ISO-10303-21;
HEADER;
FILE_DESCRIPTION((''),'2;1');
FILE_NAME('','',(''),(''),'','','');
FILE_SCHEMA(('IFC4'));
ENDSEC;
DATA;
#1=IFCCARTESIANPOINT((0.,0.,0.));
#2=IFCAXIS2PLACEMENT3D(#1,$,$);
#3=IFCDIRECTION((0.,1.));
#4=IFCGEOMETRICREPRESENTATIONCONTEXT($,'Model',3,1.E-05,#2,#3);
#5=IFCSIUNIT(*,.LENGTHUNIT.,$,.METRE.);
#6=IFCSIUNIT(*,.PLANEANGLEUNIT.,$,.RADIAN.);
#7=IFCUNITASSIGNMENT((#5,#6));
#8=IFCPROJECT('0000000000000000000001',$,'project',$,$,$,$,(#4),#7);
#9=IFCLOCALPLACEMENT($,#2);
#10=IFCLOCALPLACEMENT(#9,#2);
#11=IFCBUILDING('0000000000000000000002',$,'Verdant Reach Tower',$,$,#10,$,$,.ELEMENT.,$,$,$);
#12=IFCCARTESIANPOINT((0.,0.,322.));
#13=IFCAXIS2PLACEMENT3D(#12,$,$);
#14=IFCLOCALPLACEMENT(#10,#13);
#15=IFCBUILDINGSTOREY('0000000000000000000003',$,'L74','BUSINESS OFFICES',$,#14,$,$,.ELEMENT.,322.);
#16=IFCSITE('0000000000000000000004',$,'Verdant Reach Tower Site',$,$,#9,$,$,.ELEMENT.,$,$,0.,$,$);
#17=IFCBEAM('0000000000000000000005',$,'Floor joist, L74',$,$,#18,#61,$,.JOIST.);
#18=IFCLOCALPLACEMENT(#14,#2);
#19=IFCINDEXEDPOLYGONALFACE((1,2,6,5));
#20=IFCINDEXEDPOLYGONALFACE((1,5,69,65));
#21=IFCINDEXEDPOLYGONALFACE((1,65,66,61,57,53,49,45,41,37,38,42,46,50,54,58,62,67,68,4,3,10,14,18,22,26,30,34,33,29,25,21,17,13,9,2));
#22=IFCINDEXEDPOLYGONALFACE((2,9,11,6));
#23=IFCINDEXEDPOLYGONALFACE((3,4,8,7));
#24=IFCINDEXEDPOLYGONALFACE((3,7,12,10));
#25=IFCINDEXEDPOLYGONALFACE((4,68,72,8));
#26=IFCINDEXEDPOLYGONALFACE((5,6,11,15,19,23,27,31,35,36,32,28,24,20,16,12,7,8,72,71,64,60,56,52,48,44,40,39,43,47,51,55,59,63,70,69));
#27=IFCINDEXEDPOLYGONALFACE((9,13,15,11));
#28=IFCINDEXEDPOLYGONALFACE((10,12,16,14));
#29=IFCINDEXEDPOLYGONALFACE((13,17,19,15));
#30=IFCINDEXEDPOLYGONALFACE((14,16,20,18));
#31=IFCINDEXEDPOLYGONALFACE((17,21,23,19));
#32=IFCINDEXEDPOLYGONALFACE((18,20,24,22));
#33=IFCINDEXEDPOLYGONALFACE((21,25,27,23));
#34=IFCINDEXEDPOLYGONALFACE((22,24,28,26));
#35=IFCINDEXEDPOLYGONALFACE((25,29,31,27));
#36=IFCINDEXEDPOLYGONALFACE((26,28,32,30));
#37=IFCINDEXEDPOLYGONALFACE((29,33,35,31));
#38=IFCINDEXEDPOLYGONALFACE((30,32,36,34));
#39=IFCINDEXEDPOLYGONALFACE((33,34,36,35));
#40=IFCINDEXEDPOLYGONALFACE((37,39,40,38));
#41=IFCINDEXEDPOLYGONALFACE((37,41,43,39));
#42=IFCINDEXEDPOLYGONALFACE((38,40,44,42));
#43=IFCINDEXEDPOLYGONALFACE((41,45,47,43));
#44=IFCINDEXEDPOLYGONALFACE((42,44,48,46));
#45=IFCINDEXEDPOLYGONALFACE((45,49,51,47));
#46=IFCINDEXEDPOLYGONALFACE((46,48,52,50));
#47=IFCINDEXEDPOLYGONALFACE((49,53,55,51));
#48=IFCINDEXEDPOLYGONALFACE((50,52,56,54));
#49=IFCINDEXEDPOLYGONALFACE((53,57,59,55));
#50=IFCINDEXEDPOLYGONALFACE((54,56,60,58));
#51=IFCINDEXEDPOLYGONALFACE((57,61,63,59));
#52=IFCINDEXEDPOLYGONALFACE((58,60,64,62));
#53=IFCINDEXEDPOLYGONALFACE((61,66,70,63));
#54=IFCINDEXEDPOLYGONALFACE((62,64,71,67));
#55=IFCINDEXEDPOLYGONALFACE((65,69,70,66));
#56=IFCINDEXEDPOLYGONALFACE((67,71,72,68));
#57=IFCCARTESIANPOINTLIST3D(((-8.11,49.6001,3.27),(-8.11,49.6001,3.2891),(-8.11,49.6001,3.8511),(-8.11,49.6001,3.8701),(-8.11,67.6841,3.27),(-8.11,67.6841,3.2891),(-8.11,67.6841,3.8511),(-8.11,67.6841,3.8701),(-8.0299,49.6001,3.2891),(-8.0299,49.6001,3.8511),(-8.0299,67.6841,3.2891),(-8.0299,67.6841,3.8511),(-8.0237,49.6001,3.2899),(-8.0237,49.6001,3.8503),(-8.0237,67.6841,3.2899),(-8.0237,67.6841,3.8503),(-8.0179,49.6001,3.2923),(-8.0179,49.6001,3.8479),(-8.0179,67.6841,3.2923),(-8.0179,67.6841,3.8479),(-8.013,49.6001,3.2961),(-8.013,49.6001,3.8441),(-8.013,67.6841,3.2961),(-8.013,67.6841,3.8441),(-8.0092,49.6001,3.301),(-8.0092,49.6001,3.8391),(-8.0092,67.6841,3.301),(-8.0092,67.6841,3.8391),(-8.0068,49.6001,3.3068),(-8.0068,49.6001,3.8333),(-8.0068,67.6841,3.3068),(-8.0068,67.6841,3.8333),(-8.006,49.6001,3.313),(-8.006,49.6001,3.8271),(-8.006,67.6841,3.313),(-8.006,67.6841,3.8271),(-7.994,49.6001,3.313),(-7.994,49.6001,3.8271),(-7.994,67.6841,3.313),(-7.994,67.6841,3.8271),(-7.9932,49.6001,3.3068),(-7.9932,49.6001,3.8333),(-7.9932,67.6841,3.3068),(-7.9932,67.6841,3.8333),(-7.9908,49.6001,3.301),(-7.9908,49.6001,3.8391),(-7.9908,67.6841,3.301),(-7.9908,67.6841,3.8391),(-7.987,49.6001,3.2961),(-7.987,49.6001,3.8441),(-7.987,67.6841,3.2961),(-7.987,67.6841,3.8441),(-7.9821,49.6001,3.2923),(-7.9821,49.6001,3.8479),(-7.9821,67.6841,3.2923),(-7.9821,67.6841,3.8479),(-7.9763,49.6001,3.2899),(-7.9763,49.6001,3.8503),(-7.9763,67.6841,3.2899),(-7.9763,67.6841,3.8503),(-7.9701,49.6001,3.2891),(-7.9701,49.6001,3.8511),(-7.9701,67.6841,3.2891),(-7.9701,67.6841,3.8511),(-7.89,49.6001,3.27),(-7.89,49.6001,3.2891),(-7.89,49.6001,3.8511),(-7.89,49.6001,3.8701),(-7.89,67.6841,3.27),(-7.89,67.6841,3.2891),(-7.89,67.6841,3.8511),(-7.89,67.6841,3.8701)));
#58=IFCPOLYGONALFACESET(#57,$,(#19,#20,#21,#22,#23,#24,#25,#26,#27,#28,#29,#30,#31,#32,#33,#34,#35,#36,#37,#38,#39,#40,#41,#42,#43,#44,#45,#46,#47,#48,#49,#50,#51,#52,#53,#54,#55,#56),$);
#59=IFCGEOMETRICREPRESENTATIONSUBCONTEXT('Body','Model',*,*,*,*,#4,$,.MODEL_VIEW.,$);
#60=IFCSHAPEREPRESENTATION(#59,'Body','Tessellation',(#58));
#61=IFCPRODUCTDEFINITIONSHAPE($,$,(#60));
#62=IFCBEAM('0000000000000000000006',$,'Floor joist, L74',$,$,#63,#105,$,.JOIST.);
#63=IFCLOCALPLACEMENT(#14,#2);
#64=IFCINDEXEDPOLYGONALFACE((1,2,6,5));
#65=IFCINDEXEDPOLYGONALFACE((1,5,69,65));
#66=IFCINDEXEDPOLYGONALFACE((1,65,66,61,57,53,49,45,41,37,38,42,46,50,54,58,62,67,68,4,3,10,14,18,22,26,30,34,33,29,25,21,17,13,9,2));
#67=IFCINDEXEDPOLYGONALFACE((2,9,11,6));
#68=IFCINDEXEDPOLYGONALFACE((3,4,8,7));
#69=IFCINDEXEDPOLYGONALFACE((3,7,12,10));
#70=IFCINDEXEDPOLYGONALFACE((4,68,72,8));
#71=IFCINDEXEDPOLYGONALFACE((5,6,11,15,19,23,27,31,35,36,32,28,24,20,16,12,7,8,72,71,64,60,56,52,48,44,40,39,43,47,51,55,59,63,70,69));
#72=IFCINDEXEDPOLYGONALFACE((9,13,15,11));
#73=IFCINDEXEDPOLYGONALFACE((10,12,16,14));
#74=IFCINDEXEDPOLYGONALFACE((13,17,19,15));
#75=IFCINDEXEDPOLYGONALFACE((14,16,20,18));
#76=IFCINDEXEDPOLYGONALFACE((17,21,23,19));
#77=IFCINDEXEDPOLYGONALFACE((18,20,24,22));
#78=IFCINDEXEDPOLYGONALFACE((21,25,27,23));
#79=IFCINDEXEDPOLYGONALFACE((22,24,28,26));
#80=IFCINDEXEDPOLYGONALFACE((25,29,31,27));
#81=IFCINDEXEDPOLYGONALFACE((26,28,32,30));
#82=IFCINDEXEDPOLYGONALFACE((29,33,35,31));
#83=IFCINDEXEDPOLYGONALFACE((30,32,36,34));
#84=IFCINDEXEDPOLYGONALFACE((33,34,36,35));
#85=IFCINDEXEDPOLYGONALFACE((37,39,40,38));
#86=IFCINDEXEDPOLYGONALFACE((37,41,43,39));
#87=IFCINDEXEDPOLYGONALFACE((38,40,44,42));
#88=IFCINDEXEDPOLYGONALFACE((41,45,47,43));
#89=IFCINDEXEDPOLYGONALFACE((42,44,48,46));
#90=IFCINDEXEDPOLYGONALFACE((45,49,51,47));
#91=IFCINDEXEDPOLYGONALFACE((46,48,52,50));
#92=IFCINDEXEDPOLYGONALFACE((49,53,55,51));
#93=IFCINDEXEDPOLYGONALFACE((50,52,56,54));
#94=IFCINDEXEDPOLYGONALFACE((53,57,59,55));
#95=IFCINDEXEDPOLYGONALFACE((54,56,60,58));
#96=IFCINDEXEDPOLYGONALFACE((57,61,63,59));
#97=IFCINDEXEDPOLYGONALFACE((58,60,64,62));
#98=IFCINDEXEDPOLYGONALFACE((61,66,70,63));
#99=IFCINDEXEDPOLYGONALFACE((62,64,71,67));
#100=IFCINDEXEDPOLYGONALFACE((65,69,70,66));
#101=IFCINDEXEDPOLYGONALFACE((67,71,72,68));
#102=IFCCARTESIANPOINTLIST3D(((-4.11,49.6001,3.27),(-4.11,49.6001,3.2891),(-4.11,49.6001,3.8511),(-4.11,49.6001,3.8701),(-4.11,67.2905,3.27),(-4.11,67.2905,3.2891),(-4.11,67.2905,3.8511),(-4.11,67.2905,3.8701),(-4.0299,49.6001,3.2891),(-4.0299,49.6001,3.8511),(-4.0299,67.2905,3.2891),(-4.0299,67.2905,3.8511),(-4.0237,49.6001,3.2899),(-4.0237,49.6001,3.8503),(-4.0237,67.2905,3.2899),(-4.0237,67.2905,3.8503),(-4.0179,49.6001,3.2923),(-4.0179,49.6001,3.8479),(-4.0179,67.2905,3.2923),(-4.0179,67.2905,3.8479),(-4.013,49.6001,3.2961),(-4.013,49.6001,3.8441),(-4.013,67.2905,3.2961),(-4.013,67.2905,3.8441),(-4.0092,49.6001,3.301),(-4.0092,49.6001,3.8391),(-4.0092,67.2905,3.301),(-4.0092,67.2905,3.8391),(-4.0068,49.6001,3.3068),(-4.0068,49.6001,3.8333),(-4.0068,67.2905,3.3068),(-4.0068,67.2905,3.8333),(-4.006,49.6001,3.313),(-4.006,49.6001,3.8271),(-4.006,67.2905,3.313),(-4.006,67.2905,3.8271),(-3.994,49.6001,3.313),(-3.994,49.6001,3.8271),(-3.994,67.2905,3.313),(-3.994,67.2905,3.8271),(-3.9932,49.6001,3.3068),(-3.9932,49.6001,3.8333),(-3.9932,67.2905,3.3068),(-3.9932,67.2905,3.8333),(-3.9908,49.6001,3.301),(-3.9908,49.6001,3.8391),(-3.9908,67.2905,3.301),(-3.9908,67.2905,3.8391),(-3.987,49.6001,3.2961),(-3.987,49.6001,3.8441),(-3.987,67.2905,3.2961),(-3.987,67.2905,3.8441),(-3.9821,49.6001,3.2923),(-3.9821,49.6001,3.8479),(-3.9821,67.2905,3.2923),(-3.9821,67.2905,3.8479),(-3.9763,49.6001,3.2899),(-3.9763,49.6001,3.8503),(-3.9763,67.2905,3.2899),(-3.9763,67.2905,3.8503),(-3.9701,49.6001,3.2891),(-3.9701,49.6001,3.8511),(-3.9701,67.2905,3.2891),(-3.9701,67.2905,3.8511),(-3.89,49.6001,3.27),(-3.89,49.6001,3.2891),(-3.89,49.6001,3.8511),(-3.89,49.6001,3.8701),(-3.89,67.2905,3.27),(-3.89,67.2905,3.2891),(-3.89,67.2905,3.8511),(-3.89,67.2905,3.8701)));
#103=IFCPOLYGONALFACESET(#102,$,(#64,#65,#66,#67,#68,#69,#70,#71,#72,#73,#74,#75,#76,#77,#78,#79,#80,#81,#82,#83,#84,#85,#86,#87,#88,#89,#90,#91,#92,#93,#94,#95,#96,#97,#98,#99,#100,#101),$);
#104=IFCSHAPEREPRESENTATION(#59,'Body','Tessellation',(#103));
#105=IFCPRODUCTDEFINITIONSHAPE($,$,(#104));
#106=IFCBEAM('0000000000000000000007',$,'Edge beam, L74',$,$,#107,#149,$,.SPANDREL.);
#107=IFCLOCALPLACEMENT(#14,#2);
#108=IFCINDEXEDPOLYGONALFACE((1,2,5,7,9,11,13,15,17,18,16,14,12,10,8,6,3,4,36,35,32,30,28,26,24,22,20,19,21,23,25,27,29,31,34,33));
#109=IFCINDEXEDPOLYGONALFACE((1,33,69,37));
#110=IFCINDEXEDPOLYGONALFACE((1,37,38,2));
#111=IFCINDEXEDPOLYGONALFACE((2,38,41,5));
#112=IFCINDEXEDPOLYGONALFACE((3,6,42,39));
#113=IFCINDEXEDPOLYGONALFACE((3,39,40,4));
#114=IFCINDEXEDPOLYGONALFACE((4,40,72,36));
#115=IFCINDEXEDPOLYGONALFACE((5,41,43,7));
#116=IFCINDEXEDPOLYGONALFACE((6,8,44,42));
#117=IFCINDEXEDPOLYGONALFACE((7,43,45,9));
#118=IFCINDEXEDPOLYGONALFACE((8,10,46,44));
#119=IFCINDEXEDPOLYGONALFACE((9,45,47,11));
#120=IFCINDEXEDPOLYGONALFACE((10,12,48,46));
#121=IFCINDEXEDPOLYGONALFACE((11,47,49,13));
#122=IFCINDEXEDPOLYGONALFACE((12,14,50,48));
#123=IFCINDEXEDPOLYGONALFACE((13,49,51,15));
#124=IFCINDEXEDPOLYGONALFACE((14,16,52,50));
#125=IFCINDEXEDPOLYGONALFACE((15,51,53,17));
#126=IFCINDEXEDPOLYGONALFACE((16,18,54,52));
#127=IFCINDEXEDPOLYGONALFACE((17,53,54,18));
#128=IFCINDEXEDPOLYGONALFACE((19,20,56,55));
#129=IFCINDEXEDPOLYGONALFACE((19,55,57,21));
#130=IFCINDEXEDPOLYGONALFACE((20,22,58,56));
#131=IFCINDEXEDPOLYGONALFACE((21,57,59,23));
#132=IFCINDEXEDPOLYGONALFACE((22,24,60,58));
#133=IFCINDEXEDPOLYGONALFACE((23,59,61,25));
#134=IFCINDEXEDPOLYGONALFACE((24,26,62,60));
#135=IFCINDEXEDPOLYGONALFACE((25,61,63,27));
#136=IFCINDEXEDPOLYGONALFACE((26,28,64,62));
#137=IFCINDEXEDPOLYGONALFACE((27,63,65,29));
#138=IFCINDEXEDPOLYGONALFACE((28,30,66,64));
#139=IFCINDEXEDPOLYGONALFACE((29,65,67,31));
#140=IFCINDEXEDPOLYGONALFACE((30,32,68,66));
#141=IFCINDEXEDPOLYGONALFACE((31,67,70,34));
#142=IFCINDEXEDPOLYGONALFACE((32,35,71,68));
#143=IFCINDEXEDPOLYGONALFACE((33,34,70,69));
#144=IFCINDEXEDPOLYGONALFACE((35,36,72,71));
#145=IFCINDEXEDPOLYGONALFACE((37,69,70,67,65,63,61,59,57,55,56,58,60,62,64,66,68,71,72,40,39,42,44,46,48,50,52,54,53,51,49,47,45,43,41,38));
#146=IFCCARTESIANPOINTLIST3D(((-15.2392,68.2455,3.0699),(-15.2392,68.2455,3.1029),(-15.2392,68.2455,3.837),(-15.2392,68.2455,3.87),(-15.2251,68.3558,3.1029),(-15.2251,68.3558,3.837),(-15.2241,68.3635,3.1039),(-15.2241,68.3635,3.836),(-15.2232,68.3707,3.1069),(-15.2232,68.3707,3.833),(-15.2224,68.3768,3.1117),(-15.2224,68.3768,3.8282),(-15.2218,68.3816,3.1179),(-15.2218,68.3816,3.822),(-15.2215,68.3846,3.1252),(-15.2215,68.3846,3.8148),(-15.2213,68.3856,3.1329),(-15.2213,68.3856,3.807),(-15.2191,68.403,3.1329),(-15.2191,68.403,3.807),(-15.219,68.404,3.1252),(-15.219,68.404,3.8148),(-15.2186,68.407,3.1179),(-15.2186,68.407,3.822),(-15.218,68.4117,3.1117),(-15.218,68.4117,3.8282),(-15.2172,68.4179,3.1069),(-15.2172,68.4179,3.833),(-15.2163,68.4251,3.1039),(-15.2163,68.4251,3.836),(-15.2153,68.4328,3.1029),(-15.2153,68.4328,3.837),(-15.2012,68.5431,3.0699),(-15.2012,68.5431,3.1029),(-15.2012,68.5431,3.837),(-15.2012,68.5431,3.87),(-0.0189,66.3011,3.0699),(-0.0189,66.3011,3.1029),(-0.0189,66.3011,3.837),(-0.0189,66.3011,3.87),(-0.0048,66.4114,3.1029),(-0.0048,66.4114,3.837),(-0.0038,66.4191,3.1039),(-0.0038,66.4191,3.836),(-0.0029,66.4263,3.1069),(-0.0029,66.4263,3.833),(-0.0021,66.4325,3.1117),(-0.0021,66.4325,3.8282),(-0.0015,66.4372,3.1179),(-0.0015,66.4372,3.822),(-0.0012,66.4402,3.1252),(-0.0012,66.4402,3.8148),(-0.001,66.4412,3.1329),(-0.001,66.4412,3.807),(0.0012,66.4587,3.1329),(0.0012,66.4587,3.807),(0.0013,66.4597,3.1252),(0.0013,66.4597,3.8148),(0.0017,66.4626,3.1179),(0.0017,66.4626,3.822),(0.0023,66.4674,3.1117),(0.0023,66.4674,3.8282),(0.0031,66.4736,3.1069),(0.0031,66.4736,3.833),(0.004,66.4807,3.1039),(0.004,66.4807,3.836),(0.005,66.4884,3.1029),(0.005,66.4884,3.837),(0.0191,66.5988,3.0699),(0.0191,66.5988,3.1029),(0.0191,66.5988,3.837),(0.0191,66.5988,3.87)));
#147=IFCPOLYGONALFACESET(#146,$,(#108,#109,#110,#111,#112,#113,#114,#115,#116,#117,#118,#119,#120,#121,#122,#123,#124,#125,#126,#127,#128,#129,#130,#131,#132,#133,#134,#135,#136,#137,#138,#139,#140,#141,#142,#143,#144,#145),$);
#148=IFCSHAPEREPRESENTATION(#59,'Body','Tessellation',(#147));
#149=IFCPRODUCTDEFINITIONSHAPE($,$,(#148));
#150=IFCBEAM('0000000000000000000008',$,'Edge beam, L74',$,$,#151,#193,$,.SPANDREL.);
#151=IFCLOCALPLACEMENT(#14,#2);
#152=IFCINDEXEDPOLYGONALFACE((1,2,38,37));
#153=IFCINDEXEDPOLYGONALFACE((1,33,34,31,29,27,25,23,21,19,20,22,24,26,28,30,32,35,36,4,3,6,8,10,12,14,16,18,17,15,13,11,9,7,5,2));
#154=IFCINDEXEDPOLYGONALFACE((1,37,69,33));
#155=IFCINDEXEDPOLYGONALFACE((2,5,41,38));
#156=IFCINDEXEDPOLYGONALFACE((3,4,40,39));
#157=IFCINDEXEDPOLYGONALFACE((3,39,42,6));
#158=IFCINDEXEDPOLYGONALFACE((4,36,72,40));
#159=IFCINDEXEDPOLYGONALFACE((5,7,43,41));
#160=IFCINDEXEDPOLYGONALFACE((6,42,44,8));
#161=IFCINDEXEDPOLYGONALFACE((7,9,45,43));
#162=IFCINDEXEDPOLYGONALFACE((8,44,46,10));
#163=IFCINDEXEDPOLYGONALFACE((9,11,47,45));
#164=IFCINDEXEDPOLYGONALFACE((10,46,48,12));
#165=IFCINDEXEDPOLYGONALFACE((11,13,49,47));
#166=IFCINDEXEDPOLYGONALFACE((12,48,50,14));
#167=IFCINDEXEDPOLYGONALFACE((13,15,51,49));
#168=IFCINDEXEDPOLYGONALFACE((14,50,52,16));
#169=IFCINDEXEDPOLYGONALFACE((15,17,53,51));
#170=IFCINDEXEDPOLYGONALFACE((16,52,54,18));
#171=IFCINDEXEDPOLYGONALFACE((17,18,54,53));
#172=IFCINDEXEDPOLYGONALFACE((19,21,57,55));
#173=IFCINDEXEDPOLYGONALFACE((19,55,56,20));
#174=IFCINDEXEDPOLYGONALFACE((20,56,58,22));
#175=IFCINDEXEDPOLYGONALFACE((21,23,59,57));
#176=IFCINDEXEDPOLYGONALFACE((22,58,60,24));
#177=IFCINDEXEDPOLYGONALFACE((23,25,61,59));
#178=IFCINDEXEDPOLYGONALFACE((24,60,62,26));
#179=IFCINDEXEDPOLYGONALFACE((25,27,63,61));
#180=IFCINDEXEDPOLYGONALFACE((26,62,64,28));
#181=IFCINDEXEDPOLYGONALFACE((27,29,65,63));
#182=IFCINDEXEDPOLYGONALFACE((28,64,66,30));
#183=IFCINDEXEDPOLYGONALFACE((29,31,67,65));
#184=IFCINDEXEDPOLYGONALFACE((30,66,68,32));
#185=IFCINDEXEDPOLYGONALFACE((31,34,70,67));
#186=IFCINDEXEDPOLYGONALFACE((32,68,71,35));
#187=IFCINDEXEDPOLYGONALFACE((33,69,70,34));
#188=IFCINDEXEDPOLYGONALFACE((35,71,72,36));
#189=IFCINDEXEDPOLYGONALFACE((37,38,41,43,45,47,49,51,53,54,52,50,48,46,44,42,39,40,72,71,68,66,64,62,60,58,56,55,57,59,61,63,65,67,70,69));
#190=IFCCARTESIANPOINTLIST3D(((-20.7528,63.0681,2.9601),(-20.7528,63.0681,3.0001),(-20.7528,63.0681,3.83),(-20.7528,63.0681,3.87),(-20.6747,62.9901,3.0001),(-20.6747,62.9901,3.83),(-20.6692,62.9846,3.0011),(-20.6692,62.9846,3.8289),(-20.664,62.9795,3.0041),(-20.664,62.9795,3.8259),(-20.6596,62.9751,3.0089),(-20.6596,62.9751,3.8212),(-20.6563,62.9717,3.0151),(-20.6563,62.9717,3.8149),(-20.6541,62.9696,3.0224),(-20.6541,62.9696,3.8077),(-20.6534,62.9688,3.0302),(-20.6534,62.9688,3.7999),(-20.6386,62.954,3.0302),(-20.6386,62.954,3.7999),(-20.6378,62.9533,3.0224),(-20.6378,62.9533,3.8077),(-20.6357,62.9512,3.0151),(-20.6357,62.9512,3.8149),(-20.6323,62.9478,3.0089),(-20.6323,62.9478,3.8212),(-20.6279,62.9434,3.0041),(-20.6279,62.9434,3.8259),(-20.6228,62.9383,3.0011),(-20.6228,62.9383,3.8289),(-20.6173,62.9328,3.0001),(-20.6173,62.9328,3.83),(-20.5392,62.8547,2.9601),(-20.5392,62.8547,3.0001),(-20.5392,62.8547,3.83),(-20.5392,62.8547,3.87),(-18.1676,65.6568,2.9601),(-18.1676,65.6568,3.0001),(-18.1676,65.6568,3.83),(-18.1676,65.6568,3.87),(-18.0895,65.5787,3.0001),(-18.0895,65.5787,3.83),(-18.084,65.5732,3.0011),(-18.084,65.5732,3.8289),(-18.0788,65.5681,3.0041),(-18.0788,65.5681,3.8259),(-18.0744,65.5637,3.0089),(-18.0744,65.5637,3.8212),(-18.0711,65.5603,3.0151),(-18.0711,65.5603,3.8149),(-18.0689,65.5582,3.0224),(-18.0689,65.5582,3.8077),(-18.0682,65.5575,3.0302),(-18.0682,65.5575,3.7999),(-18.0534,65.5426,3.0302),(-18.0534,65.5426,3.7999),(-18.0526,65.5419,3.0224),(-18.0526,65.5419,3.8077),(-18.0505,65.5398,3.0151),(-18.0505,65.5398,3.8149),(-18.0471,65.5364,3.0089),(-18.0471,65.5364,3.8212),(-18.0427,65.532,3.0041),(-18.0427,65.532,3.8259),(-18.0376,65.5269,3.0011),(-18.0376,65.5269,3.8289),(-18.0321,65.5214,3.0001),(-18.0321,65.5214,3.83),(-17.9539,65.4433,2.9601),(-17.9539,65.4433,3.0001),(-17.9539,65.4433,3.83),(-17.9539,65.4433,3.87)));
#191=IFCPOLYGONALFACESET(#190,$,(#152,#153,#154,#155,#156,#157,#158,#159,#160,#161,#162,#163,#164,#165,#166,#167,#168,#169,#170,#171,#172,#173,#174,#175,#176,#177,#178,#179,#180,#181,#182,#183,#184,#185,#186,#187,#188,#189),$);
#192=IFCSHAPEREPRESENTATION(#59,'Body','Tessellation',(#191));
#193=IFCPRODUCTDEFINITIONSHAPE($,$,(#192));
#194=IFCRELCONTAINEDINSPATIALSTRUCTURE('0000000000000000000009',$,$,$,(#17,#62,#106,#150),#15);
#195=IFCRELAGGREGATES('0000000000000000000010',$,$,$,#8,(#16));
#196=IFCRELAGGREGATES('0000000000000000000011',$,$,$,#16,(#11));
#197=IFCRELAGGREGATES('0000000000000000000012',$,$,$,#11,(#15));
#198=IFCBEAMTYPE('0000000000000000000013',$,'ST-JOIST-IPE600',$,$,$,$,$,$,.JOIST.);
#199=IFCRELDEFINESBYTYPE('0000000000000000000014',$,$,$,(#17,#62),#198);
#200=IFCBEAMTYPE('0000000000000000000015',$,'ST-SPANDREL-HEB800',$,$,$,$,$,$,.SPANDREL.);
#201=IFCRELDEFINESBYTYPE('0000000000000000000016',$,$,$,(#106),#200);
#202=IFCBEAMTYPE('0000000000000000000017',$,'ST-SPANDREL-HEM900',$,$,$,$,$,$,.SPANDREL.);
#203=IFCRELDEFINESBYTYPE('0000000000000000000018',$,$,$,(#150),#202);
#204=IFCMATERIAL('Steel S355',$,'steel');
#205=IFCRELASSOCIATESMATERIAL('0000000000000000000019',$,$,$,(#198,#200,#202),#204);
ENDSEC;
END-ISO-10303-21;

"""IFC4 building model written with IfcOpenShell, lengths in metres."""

from ifc_helpers import new_model, si_unit, direction, frame, origin, origin_2d, place, context, subcontext, project, spatial, i_section, extrude, material, material_profile, profile_set, type_object, element, save


model = new_model("IFC4")

# Units and contexts
model_context = context("Model", 3, precision=1e-05, world=origin(), true_north=direction((0.0, 1.0)))
body_context = subcontext(model_context, "Body", "Model", "MODEL_VIEW")
ifc_project = project(units=[si_unit("LENGTHUNIT", "METRE"), si_unit("PLANEANGLEUNIT", "RADIAN")], contexts=[model_context])

# Site, building, storey
site_placement = place(None, origin())
site = spatial("IfcSite", under=ifc_project, at=site_placement, Name="Verdant Reach Tower Site", CompositionType="ELEMENT", RefElevation=0.0)
building_placement = place(site_placement, origin())
building = spatial("IfcBuilding", under=site, at=building_placement, Name="Verdant Reach Tower", CompositionType="ELEMENT")
storey_placement = place(building_placement, frame((0.0, 0.0, 322.0)))
storey = spatial("IfcBuildingStorey", under=building, at=storey_placement, Name="L74", Description="BUSINESS OFFICES", CompositionType="ELEMENT", Elevation=322.0)

# Beams
ifc_material_1 = material(Name="Steel S355", Category="steel")
ifc_material_profile_1 = material_profile(ifc_material_1, i_section(OverallWidth=0.22, OverallDepth=0.6001, WebThickness=0.012, FlangeThickness=0.019, FilletRadius=0.0239, at=origin_2d()), Name="IPE 600")
ifc_profile_set_1 = profile_set([ifc_material_profile_1], Name="Steel S355")
beam_type_1 = type_object("IfcBeamType", Name="ST-JOIST-IPE600", PredefinedType="JOIST", material=ifc_profile_set_1)
beam_1_placement = place(storey_placement, frame((-8.0, 49.6001, 3.5701), z_axis=(0.0, 1.0, 0.0), x_axis=(-1.0, 0.0, 0.0)))
element("IfcBeam", 1, at=beam_1_placement, inside=storey, type_object=beam_type_1, Name="Floor joist, L74", PredefinedType="JOIST", context=body_context, shape_type="SweptSolid", body=[
    extrude(i_section(OverallWidth=0.22, OverallDepth=0.6001, WebThickness=0.012, FlangeThickness=0.019, FilletRadius=0.0239, at=origin_2d()), origin(), (0.0, 0.0, 1.0), 18.084),
])
beam_2_placement = place(storey_placement, frame((-4.0, 49.6001, 3.5701), z_axis=(0.0, 1.0, 0.0), x_axis=(-1.0, 0.0, 0.0)))
element("IfcBeam", 2, at=beam_2_placement, inside=storey, type_object=beam_type_1, Name="Floor joist, L74", PredefinedType="JOIST", context=body_context, shape_type="SweptSolid", body=[
    extrude(i_section(OverallWidth=0.22, OverallDepth=0.6001, WebThickness=0.012, FlangeThickness=0.019, FilletRadius=0.0239, at=origin_2d()), origin(), (0.0, 0.0, 1.0), 17.6904),
])
ifc_material_profile_2 = material_profile(ifc_material_1, i_section(OverallWidth=0.3, OverallDepth=0.8, WebThickness=0.0176, FlangeThickness=0.033, FilletRadius=0.03, at=origin_2d()), Name="HEB 800")
ifc_profile_set_2 = profile_set([ifc_material_profile_2], Name="Steel S355")
beam_type_2 = type_object("IfcBeamType", Name="ST-SPANDREL-HEB800", PredefinedType="SPANDREL", material=ifc_profile_set_2)
beam_3_placement = place(storey_placement, frame((-15.2202, 68.3943, 3.47), z_axis=(0.991939, -0.126717, 0.0), x_axis=(0.126717, 0.991939, 0.0)))
element("IfcBeam", 3, at=beam_3_placement, inside=storey, type_object=beam_type_2, Name="Edge beam, L74", PredefinedType="SPANDREL", context=body_context, shape_type="SweptSolid", body=[
    extrude(i_section(OverallWidth=0.3, OverallDepth=0.8, WebThickness=0.0176, FlangeThickness=0.033, FilletRadius=0.03, at=origin_2d()), origin(), (0.0, 0.0, 1.0), 15.344),
])
ifc_material_profile_3 = material_profile(ifc_material_1, i_section(OverallWidth=0.302, OverallDepth=0.9099, WebThickness=0.021, FlangeThickness=0.04, FilletRadius=0.03, at=origin_2d()), Name="HEM 900")
ifc_profile_set_3 = profile_set([ifc_material_profile_3], Name="Steel S355")
beam_type_3 = type_object("IfcBeamType", Name="ST-SPANDREL-HEM900", PredefinedType="SPANDREL", material=ifc_profile_set_3)
beam_4_placement = place(storey_placement, frame((-20.646, 62.9614, 3.415), z_axis=(0.706639, 0.707574, 0.0), x_axis=(-0.707574, 0.706639, 0.0)))
element("IfcBeam", 4, at=beam_4_placement, inside=storey, type_object=beam_type_3, Name="Edge beam, L74", PredefinedType="SPANDREL", context=body_context, shape_type="SweptSolid", body=[
    extrude(i_section(OverallWidth=0.302, OverallDepth=0.9099, WebThickness=0.021, FlangeThickness=0.04, FilletRadius=0.03, at=origin_2d()), origin(), (0.0, 0.0, 1.0), 3.6584),
])

save(model, "model.ifc")
